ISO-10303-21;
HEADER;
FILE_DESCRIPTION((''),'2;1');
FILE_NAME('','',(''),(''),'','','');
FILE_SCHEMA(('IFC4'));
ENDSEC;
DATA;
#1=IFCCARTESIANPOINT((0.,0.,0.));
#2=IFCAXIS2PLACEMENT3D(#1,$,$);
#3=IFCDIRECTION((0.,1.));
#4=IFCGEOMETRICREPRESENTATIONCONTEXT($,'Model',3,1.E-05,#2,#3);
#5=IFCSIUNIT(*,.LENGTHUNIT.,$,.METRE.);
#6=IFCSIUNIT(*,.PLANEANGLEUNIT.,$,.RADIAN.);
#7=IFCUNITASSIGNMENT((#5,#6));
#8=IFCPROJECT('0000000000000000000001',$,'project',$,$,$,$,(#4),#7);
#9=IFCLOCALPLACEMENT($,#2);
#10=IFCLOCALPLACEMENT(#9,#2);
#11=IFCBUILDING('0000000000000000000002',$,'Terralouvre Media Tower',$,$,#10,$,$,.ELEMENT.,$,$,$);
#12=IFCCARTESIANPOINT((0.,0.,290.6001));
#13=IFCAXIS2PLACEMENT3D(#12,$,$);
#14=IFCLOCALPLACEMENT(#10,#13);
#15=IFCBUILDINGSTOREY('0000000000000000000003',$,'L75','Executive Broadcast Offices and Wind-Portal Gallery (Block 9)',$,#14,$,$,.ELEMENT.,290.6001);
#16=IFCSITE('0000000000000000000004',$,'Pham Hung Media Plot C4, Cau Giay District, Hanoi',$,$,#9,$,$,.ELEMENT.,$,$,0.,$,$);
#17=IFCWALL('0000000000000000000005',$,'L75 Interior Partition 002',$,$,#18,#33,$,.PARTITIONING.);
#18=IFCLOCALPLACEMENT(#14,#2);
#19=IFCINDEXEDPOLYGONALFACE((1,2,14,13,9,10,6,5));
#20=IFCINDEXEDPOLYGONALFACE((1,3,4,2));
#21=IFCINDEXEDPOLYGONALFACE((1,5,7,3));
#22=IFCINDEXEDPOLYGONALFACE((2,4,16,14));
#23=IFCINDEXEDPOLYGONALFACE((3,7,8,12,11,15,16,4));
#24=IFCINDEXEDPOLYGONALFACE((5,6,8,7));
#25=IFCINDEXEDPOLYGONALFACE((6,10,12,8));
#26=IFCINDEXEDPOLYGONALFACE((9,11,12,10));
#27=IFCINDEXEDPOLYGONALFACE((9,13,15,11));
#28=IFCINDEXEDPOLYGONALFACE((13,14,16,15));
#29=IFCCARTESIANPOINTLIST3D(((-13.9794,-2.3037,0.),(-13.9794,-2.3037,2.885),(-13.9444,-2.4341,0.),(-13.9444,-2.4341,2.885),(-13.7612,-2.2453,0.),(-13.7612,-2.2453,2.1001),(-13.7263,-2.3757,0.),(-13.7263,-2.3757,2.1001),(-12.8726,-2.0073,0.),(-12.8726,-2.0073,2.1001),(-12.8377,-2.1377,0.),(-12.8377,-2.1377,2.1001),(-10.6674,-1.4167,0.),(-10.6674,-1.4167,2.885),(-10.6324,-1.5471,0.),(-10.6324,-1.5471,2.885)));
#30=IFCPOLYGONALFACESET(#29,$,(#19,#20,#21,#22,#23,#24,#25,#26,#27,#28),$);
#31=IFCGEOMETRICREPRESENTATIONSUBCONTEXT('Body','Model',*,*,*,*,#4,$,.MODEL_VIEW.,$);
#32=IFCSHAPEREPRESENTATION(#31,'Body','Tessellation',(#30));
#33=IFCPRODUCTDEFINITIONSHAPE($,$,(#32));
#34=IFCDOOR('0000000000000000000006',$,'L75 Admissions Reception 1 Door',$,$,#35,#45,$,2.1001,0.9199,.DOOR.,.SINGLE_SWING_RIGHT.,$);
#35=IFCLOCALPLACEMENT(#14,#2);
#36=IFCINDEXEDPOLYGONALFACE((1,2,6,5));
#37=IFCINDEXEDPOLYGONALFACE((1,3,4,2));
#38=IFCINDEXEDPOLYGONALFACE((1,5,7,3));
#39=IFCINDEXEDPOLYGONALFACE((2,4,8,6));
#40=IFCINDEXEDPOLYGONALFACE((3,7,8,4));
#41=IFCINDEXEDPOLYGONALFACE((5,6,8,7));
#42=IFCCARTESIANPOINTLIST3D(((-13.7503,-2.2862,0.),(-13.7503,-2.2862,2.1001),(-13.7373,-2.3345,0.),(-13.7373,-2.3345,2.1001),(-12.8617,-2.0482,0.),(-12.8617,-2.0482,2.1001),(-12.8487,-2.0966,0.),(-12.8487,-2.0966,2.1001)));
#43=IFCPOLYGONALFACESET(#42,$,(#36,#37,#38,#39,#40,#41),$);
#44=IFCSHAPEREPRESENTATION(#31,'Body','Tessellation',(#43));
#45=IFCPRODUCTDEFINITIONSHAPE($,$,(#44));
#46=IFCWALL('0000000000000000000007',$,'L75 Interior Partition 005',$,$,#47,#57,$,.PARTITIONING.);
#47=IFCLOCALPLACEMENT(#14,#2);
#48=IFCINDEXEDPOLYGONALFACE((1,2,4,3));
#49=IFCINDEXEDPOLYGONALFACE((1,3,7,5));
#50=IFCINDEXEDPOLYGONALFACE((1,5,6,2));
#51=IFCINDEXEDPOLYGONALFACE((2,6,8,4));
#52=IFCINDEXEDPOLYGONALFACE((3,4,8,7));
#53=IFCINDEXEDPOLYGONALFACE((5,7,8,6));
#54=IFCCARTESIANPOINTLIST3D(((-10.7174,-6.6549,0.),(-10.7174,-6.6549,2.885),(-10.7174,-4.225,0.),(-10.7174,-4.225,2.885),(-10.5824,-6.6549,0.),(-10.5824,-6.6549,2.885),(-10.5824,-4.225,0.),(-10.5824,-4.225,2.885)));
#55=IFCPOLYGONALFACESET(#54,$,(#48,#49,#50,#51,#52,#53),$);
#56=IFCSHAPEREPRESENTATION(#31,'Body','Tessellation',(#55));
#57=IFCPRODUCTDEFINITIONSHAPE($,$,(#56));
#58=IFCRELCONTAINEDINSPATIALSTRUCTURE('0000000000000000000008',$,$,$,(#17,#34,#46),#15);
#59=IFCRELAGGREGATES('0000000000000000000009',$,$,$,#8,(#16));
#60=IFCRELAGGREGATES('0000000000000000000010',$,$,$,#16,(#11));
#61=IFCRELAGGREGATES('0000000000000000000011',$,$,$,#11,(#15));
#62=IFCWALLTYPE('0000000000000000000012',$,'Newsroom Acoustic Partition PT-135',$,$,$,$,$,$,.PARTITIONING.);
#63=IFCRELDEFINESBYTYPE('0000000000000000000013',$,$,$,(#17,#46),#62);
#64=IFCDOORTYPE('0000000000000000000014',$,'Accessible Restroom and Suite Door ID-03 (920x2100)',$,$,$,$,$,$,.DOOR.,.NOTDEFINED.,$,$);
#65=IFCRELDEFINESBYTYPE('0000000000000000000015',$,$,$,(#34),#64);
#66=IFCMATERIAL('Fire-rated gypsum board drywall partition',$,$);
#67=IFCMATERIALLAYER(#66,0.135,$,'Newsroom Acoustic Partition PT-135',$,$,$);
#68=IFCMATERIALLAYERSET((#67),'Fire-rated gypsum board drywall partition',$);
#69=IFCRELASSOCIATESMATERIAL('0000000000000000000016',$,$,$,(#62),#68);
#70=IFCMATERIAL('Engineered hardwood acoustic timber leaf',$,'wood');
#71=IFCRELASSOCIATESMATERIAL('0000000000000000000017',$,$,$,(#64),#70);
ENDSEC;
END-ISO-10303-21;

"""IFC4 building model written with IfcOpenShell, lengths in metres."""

from ifc_helpers import new_model, si_unit, direction, frame, frame_2d, origin, place, context, subcontext, project, spatial, rectangle, extrude, material, layer, layer_set, type_object, element, fill, save


model = new_model("IFC4")

# Units and contexts
model_context = context("Model", 3, precision=1e-05, world=origin(), true_north=direction((0.0, 1.0)))
body_context = subcontext(model_context, "Body", "Model", "MODEL_VIEW")
ifc_project = project(units=[si_unit("LENGTHUNIT", "METRE"), si_unit("PLANEANGLEUNIT", "RADIAN")], contexts=[model_context])

# Site, building, storey
site_placement = place(None, origin())
site = spatial("IfcSite", under=ifc_project, at=site_placement, Name="Pham Hung Media Plot C4, Cau Giay District, Hanoi", CompositionType="ELEMENT", RefElevation=0.0)
building_placement = place(site_placement, origin())
building = spatial("IfcBuilding", under=site, at=building_placement, Name="Terralouvre Media Tower", CompositionType="ELEMENT")
storey_placement = place(building_placement, frame((0.0, 0.0, 290.6001)))
storey = spatial("IfcBuildingStorey", under=building, at=storey_placement, Name="L75", Description="Executive Broadcast Offices and Wind-Portal Gallery (Block 9)", CompositionType="ELEMENT", Elevation=290.6001)

# Shared definitions
ifc_material_1 = material(Name="Fire-rated gypsum board drywall partition")
ifc_layer_1 = layer(ifc_material_1, 0.135, Name="Newsroom Acoustic Partition PT-135")
ifc_layer_set_1 = layer_set([ifc_layer_1], Name="Fire-rated gypsum board drywall partition")
wall_type_1 = type_object("IfcWallType", Name="Newsroom Acoustic Partition PT-135", PredefinedType="PARTITIONING", material=ifc_layer_set_1)

# Wall, opening, door
wall_1_placement = place(storey_placement, frame((-10.6499, -1.4819, 0.0), z_axis=(0.0, 0.0, 1.0), x_axis=(-0.965961, -0.258686, 0.0)))
wall_1 = element("IfcWall", 1, at=wall_1_placement, inside=storey, type_object=wall_type_1, Name="L75 Interior Partition 002", PredefinedType="PARTITIONING", context=body_context, shape_type="SweptSolid", body=[
    extrude(rectangle(XDim=3.4287, YDim=0.135, at=frame_2d((1.7144, 0.0))), origin(), (0.0, 0.0, 1.0), 2.885),
])
opening_1_placement = place(wall_1_placement, frame((2.283, 0.0, 0.0)))
opening_1 = element("IfcOpeningElement", 2, at=opening_1_placement, cuts=wall_1, PredefinedType="OPENING", context=body_context, shape_type="SweptSolid", body=[
    extrude(rectangle(XDim=0.9199, YDim=2.1001, at=frame_2d((0.46, 1.05))), frame((0.0, 0.0774, 0.0), z_axis=(0.0, -1.0, 0.0), x_axis=(1.0, 0.0, 0.0)), (0.0, 0.0, 1.0), 0.155),
])
ifc_material_2 = material(Name="Engineered hardwood acoustic timber leaf", Category="wood")
door_type_1 = type_object("IfcDoorType", Name="Accessible Restroom and Suite Door ID-03 (920x2100)", OperationType="NOTDEFINED", PredefinedType="DOOR", material=ifc_material_2)
door_1_placement = place(opening_1_placement, origin())
door_1 = element("IfcDoor", 3, at=door_1_placement, inside=storey, type_object=door_type_1, Name="L75 Admissions Reception 1 Door", OperationType="SINGLE_SWING_RIGHT", OverallHeight=2.1001, OverallWidth=0.9199, PredefinedType="DOOR", context=body_context, shape_type="SweptSolid", body=[
    extrude(rectangle(XDim=0.9199, YDim=2.1001, at=frame_2d((0.46, 1.05))), frame((0.0, 0.0249, 0.0), z_axis=(0.0, -1.0, 0.0), x_axis=(1.0, 0.0, 0.0)), (0.0, 0.0, 1.0), 0.05),
])
fill(opening_1, door_1)

# Wall
wall_2_placement = place(storey_placement, frame((-10.6499, -4.2251, 0.0), z_axis=(0.0, 0.0, 1.0), x_axis=(0.0, -1.0, 0.0)))
element("IfcWall", 4, at=wall_2_placement, inside=storey, type_object=wall_type_1, Name="L75 Interior Partition 005", PredefinedType="PARTITIONING", context=body_context, shape_type="SweptSolid", body=[
    extrude(rectangle(XDim=2.4299, YDim=0.135, at=frame_2d((1.2148, 0.0))), origin(), (0.0, 0.0, 1.0), 2.885),
])

save(model, "model.ifc")
